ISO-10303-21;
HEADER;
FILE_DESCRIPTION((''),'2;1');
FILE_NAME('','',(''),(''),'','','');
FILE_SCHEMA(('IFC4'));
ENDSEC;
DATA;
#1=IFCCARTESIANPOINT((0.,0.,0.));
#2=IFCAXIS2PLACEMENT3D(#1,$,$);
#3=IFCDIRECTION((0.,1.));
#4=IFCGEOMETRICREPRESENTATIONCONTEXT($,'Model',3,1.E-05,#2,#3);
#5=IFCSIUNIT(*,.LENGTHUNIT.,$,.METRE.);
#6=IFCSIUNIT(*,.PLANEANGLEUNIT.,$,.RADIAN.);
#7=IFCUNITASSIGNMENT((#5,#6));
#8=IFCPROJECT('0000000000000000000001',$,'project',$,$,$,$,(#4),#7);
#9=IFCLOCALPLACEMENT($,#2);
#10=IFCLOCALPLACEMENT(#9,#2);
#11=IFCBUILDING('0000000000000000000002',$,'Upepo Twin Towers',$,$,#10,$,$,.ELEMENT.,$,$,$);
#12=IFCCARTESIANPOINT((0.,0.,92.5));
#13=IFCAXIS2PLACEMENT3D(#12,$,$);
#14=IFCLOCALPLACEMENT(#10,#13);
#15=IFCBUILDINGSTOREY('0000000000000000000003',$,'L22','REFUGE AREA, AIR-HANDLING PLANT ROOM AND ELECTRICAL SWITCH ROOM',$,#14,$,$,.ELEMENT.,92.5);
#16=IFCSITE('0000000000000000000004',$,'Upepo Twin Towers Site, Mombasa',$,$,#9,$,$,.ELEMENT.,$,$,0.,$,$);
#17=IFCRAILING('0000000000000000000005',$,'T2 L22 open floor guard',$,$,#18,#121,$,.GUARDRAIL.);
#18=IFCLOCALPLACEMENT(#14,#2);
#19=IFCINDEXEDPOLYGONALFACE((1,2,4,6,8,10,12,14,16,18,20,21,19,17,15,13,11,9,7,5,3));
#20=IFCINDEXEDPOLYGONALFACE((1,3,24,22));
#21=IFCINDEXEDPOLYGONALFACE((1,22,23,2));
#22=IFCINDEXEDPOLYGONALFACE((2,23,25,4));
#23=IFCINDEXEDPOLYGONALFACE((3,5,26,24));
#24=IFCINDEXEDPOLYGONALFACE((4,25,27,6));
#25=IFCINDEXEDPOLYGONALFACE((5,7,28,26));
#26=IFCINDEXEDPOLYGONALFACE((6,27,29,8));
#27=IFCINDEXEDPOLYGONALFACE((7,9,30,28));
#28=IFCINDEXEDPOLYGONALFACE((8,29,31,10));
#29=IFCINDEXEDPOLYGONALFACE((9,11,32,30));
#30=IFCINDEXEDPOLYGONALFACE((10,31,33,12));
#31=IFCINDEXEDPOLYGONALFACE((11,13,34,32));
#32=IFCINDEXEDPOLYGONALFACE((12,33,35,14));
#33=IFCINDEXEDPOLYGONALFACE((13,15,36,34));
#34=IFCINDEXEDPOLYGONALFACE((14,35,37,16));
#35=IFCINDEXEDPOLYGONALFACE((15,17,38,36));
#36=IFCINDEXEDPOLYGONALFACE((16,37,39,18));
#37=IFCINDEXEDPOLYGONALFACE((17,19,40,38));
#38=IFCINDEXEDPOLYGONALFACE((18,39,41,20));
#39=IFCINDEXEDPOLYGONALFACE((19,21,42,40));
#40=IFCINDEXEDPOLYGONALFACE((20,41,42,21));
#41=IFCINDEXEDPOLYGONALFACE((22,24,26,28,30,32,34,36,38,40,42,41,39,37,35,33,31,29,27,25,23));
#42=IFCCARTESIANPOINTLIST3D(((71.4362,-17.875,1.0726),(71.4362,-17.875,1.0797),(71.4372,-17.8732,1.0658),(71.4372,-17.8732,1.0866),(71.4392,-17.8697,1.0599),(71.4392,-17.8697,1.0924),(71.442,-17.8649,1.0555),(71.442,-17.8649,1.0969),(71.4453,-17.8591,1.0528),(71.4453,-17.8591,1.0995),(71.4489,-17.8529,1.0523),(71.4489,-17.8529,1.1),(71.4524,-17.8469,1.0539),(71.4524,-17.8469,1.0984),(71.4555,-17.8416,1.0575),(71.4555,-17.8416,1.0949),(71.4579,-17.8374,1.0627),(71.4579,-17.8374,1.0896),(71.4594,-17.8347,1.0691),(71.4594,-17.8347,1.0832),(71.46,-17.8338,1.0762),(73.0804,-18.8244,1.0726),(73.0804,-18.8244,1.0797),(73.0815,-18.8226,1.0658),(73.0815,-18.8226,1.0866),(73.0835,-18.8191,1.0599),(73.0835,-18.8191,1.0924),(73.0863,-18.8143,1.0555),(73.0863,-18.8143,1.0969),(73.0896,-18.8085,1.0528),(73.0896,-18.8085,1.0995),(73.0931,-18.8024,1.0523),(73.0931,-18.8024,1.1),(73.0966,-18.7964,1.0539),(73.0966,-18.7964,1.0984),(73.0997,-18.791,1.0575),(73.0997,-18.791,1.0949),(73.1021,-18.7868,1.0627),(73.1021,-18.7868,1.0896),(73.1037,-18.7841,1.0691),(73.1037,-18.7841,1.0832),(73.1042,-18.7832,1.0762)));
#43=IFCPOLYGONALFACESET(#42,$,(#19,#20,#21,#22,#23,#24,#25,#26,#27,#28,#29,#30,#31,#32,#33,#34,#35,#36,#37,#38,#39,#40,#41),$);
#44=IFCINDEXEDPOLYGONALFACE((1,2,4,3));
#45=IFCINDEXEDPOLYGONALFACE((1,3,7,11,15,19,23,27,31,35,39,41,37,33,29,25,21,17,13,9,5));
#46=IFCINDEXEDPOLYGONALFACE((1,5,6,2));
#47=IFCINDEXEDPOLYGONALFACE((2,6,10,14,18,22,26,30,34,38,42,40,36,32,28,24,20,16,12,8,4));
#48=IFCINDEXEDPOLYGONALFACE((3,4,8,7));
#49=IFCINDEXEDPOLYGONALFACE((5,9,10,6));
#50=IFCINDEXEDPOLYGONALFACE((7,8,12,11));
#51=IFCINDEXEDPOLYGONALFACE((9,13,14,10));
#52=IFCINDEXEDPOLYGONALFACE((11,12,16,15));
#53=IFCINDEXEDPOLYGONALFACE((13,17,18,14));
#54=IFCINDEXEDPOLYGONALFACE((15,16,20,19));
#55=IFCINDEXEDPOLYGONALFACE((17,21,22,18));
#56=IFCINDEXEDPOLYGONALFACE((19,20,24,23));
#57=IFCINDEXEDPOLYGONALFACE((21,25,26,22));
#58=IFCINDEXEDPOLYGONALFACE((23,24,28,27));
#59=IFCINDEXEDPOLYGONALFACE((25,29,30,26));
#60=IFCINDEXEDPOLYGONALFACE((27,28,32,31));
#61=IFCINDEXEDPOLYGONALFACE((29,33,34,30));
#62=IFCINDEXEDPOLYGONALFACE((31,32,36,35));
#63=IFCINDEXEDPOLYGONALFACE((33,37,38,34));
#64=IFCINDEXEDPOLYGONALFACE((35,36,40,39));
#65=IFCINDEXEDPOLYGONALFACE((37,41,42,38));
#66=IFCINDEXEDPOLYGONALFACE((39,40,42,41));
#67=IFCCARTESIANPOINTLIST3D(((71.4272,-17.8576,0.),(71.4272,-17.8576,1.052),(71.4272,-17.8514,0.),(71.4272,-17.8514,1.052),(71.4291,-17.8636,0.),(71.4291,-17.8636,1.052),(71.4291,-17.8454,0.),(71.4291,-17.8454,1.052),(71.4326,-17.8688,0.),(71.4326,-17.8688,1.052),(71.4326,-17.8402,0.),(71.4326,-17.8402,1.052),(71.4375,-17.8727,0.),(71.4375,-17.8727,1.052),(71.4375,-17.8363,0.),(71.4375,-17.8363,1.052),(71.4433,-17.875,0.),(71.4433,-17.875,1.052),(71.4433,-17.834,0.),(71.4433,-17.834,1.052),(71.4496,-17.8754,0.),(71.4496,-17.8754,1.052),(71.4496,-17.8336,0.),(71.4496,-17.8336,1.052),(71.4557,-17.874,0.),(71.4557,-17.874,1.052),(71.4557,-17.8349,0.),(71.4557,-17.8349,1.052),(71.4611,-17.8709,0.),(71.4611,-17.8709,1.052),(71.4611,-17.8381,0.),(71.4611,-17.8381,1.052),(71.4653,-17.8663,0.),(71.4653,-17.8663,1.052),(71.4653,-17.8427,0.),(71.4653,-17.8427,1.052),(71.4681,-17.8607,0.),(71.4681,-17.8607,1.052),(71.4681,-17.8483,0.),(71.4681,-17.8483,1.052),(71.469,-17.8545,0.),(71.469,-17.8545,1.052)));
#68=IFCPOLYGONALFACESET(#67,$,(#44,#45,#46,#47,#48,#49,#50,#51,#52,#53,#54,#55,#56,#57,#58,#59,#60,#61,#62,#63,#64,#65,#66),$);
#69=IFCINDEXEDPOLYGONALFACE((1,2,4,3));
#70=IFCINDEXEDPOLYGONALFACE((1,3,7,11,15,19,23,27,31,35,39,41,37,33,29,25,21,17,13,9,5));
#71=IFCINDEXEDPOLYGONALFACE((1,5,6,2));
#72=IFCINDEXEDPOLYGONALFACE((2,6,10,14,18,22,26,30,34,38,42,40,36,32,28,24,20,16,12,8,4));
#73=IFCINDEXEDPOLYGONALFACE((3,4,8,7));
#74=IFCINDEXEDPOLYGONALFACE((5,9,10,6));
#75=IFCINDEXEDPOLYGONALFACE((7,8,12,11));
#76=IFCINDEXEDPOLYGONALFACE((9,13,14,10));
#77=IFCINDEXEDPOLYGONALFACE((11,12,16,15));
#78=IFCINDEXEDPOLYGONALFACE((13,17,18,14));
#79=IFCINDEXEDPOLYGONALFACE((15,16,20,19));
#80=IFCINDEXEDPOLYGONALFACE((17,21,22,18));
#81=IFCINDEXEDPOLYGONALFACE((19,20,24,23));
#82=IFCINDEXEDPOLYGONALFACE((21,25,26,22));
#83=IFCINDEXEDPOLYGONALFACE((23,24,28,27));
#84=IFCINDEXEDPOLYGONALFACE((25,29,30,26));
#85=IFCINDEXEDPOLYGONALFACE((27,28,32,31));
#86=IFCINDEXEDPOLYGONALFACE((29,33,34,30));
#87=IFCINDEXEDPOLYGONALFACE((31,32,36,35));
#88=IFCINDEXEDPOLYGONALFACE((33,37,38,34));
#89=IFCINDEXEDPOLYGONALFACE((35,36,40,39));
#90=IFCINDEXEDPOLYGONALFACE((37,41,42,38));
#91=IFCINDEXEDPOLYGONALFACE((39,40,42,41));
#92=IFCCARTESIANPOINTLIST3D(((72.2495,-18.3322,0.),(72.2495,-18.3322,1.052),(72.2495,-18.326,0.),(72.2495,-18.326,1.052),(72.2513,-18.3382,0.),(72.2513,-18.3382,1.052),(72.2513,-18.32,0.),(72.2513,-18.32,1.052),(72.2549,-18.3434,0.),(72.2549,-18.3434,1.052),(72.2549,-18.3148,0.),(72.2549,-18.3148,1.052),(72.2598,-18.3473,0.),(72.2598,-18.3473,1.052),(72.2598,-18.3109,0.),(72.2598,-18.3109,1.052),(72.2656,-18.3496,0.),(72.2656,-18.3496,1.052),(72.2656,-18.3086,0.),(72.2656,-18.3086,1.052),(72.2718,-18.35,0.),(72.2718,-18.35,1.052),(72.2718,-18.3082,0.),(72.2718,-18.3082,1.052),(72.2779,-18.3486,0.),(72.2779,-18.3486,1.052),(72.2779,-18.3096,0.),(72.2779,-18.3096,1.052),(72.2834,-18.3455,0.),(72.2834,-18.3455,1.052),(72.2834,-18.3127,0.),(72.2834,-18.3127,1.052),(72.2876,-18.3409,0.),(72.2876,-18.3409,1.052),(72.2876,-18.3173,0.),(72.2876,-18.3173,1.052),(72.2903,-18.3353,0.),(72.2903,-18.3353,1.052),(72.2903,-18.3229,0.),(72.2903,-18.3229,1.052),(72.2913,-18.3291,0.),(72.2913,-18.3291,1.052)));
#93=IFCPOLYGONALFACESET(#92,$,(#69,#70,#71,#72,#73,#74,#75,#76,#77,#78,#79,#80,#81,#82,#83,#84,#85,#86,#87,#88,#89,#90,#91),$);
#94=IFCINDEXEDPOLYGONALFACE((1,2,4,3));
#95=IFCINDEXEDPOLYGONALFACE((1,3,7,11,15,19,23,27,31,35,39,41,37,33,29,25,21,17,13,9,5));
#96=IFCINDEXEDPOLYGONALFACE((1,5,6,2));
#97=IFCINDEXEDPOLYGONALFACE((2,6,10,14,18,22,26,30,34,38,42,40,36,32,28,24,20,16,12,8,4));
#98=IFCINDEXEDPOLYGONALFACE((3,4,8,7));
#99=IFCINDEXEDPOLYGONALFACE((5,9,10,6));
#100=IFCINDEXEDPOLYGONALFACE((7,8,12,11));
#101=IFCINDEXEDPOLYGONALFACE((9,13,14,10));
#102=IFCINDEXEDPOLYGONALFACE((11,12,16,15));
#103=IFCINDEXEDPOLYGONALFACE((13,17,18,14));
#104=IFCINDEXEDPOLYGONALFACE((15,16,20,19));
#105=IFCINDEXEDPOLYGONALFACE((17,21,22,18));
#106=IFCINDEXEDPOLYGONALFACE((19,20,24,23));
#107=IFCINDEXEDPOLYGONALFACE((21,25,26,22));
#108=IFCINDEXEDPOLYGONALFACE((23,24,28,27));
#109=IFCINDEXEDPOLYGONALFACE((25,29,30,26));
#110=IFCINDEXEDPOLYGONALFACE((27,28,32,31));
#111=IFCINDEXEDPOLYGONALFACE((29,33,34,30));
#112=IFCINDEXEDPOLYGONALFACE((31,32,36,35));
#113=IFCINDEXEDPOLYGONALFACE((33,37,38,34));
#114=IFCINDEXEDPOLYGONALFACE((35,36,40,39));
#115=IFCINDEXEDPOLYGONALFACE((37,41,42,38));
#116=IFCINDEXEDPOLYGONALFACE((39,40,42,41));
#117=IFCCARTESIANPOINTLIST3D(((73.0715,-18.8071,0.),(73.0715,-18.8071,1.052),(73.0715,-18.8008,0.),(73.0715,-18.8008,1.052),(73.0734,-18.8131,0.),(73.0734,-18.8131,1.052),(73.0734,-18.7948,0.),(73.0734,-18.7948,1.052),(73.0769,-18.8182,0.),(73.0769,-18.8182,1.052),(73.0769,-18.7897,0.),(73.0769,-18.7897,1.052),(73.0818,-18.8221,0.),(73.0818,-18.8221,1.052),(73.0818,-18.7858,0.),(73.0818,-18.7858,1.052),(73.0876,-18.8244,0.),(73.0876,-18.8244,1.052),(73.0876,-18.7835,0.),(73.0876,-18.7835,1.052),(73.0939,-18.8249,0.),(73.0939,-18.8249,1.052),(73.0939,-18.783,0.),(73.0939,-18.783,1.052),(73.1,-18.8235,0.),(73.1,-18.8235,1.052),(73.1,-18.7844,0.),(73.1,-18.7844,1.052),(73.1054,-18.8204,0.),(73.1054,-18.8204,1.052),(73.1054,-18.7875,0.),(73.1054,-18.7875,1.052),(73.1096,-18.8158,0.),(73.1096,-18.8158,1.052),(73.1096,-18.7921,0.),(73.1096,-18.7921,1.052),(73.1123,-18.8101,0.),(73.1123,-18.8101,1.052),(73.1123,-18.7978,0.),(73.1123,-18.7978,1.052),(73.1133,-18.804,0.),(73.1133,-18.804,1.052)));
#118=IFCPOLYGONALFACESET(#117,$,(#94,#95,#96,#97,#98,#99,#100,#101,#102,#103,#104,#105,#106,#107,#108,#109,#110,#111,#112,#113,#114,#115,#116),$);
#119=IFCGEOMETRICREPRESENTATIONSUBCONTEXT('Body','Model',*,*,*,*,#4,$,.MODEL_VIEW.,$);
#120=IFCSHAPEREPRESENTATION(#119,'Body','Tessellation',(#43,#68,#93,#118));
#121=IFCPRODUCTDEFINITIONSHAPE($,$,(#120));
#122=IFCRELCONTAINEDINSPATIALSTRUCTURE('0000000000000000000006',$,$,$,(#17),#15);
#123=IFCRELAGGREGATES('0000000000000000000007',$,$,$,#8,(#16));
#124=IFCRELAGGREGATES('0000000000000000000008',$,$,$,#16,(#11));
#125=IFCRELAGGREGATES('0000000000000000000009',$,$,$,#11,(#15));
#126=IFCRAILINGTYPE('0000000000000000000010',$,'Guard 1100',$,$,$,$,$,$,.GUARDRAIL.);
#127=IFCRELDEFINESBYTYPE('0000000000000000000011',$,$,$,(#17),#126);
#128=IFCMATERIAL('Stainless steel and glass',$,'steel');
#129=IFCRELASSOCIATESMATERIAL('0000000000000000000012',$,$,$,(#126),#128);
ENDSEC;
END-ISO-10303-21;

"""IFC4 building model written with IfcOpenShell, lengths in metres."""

from ifc_helpers import new_model, si_unit, direction, frame, origin, origin_2d, place, context, subcontext, project, spatial, circle, extrude, material, type_object, element, save


model = new_model("IFC4")

# Units and contexts
model_context = context("Model", 3, precision=1e-05, world=origin(), true_north=direction((0.0, 1.0)))
body_context = subcontext(model_context, "Body", "Model", "MODEL_VIEW")
ifc_project = project(units=[si_unit("LENGTHUNIT", "METRE"), si_unit("PLANEANGLEUNIT", "RADIAN")], contexts=[model_context])

# Site, building, storey
site_placement = place(None, origin())
site = spatial("IfcSite", under=ifc_project, at=site_placement, Name="Upepo Twin Towers Site, Mombasa", CompositionType="ELEMENT", RefElevation=0.0)
building_placement = place(site_placement, origin())
building = spatial("IfcBuilding", under=site, at=building_placement, Name="Upepo Twin Towers", CompositionType="ELEMENT")
storey_placement = place(building_placement, frame((0.0, 0.0, 92.5)))
storey = spatial("IfcBuildingStorey", under=building, at=storey_placement, Name="L22", Description="REFUGE AREA, AIR-HANDLING PLANT ROOM AND ELECTRICAL SWITCH ROOM", CompositionType="ELEMENT", Elevation=92.5)

# Railing
ifc_material_1 = material(Name="Stainless steel and glass", Category="steel")
railing_type_1 = type_object("IfcRailingType", Name="Guard 1100", PredefinedType="GUARDRAIL", material=ifc_material_1)
railing_1_placement = place(storey_placement, frame((71.448, -17.8545, 0.0)))
element("IfcRailing", 1, at=railing_1_placement, inside=storey, type_object=railing_type_1, Name="T2 L22 open floor guard", PredefinedType="GUARDRAIL", context=body_context, shape_type="SweptSolid", body=[
    extrude(circle(Radius=0.0239, at=origin_2d()), frame((0.0, 0.0, 1.0762), z_axis=(0.865995, -0.500053, 0.0), x_axis=(0.500053, 0.865995, 0.0)), (0.0, 0.0, 1.0), 1.8987),
    extrude(circle(Radius=0.021, at=origin_2d()), origin(), (0.0, 0.0, 1.0), 1.052),
    extrude(circle(Radius=0.021, at=origin_2d()), frame((0.8223, -0.4746, 0.0)), (0.0, 0.0, 1.0), 1.052),
    extrude(circle(Radius=0.021, at=origin_2d()), frame((1.6443, -0.9495, 0.0)), (0.0, 0.0, 1.0), 1.052),
])

save(model, "model.ifc")
